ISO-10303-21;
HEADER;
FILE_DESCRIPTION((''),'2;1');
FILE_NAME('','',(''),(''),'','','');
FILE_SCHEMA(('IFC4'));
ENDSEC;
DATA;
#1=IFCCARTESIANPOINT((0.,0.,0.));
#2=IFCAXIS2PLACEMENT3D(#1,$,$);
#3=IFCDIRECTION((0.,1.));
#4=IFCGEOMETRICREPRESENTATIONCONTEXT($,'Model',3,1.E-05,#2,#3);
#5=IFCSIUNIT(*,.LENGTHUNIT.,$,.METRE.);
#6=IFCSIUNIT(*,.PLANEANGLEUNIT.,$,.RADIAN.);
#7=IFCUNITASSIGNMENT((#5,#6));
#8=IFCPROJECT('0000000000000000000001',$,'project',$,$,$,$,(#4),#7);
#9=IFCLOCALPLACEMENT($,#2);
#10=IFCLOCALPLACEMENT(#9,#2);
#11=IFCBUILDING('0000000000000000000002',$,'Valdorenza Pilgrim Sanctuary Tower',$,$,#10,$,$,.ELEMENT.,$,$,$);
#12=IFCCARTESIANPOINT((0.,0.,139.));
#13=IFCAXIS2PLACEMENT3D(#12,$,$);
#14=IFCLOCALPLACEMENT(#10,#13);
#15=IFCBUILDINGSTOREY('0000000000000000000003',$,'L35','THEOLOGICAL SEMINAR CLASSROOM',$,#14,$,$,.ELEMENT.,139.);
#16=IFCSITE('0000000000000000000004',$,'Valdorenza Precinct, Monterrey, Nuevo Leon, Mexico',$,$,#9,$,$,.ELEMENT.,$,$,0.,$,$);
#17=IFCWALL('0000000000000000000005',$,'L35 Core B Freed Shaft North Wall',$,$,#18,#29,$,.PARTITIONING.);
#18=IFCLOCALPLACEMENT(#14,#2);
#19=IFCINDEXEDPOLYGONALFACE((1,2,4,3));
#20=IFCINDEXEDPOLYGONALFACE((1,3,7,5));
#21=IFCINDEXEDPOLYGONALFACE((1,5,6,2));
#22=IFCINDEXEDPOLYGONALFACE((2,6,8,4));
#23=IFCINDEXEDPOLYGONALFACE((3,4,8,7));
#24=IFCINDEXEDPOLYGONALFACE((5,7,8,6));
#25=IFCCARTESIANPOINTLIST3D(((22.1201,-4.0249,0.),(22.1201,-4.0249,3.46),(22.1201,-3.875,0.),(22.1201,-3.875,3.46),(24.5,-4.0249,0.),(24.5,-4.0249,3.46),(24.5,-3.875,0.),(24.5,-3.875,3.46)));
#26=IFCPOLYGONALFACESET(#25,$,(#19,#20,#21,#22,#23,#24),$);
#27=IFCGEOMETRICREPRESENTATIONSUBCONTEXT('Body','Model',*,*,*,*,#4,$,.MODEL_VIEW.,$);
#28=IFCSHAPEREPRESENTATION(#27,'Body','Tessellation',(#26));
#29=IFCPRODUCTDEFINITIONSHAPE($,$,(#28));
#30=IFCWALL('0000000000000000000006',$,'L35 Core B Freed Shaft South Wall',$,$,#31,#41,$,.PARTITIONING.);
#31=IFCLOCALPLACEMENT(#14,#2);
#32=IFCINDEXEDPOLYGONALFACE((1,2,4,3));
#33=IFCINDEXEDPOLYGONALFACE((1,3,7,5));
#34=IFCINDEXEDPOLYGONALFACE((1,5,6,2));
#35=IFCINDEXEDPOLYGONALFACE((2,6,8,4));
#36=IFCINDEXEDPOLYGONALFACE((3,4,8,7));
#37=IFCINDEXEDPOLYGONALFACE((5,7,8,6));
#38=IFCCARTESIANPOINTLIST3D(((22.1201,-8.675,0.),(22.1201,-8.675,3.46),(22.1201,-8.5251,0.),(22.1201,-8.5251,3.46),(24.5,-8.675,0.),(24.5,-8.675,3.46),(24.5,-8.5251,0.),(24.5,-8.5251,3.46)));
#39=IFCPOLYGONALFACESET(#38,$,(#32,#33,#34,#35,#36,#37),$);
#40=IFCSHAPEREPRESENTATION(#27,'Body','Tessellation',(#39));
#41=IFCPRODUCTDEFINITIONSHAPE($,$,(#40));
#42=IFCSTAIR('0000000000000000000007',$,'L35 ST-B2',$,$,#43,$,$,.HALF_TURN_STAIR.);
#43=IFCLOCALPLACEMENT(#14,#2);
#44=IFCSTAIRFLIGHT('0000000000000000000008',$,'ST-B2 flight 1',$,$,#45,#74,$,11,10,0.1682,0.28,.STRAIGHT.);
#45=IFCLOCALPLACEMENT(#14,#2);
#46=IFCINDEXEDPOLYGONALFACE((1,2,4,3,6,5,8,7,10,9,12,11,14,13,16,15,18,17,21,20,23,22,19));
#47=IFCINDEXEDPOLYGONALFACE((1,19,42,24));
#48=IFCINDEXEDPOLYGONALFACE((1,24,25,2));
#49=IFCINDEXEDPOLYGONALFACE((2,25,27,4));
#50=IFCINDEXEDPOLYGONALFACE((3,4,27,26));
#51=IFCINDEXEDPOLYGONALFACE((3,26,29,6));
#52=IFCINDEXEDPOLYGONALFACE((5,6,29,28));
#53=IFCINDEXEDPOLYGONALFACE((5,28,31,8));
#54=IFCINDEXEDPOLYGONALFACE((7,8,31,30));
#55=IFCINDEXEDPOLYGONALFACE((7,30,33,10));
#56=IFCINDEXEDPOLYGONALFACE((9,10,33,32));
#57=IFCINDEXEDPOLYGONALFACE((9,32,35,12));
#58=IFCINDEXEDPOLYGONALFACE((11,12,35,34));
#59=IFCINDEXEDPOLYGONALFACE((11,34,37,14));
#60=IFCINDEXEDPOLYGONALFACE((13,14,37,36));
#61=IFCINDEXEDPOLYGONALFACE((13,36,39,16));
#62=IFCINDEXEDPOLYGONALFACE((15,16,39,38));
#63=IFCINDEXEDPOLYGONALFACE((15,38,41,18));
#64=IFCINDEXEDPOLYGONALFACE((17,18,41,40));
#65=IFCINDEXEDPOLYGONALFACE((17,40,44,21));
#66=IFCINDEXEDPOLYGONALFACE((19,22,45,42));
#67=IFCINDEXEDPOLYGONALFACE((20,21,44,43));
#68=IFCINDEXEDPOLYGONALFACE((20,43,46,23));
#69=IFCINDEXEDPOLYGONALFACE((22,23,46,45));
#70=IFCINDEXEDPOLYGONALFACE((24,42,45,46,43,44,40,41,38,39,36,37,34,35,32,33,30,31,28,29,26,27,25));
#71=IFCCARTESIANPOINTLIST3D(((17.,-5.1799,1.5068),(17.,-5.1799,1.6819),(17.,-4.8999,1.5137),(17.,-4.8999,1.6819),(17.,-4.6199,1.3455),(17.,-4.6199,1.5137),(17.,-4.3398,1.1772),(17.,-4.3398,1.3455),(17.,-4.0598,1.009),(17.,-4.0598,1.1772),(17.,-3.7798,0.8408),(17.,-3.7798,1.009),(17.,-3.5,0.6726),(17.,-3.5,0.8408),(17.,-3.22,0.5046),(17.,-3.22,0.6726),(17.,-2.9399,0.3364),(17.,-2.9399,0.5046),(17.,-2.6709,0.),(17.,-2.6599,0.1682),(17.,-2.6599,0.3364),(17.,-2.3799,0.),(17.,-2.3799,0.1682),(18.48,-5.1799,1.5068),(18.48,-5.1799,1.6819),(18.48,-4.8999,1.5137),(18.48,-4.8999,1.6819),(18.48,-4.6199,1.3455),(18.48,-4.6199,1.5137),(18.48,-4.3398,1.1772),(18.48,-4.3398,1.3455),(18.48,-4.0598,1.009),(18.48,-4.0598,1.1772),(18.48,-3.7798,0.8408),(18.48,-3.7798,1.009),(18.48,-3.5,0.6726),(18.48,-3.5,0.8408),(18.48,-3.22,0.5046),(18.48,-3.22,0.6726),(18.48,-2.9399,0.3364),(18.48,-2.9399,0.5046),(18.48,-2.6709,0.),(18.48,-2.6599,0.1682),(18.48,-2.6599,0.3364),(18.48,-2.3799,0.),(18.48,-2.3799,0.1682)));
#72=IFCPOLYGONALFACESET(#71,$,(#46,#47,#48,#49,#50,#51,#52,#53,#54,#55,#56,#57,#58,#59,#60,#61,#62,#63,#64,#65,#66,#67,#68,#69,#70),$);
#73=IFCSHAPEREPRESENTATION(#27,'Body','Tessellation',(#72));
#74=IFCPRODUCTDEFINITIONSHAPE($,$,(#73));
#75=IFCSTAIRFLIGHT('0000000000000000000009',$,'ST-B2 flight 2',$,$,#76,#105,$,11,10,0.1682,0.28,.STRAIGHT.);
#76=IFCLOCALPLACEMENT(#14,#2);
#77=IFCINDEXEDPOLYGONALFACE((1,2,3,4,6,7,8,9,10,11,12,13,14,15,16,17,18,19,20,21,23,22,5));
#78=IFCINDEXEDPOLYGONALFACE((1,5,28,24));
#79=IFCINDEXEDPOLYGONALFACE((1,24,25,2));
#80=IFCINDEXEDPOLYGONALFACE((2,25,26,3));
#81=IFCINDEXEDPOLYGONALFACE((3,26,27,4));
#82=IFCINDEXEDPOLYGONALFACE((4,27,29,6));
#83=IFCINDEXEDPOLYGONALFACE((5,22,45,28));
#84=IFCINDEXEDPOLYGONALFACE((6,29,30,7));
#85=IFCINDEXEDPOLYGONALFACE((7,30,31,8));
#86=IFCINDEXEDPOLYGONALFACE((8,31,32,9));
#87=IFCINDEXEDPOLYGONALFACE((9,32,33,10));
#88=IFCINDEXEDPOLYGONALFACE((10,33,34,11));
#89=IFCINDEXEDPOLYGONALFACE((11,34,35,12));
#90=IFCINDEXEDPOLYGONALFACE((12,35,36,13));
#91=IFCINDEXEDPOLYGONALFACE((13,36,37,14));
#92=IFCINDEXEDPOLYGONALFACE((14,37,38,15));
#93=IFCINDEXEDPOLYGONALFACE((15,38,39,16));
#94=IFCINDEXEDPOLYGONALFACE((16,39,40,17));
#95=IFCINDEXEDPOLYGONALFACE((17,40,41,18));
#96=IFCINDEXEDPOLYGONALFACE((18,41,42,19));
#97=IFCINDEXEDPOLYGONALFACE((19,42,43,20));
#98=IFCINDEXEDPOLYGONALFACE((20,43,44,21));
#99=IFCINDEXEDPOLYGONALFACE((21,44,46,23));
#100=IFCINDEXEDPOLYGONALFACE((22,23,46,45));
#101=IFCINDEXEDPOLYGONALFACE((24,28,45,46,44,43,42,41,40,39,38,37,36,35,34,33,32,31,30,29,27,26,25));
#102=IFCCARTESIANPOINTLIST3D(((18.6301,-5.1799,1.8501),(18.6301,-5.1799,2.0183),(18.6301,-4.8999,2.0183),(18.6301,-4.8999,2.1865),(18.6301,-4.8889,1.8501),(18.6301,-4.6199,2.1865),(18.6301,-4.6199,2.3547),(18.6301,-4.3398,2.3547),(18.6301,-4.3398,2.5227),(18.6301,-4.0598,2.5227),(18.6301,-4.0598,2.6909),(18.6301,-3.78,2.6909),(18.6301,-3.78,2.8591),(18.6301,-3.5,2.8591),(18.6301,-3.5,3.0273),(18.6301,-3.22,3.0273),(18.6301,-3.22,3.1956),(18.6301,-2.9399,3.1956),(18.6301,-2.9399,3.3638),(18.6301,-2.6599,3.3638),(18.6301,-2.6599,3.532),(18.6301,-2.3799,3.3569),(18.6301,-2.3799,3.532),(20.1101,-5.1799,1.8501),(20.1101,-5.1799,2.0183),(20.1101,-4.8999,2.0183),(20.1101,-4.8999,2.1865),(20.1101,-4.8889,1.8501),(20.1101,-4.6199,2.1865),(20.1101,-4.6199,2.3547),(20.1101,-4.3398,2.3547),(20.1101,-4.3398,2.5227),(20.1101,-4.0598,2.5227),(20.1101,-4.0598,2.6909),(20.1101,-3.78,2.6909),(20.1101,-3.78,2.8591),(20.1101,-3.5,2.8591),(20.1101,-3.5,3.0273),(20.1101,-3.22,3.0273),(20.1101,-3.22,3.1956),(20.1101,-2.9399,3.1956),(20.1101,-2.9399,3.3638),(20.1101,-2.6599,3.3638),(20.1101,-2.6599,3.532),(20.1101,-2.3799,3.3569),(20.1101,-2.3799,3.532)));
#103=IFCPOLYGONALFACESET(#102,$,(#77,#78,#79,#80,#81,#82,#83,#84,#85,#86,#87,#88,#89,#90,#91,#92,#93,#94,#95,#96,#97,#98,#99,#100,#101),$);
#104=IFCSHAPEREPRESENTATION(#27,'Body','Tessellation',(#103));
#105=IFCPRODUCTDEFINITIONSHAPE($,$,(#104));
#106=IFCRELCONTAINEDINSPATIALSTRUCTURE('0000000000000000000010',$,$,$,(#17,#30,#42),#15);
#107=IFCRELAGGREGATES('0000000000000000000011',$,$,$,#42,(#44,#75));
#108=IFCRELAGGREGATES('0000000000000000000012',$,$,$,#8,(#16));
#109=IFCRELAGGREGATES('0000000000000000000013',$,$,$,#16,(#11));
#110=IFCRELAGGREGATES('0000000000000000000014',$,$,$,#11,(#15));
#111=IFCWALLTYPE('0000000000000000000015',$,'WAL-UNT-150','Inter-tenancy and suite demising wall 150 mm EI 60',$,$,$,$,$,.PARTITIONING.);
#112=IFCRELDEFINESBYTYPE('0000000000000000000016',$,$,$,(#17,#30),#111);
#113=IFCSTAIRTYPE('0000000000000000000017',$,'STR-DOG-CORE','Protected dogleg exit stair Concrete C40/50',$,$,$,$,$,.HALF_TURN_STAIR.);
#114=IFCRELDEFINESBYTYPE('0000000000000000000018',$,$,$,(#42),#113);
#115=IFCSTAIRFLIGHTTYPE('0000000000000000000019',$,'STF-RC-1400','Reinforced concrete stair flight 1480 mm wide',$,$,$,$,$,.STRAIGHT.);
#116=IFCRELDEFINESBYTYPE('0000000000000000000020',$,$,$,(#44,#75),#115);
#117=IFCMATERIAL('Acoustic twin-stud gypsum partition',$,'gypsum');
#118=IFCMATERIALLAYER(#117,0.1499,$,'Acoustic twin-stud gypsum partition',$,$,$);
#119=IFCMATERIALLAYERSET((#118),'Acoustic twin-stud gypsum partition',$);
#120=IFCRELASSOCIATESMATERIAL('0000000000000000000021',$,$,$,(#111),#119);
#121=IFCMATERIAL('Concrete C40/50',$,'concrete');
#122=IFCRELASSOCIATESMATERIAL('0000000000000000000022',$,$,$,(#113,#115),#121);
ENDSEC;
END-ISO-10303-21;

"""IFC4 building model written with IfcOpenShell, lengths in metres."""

from ifc_helpers import new_model, si_unit, direction, frame, frame_2d, origin, place, context, subcontext, project, spatial, polyline, rectangle, outline, extrude, material, layer, layer_set, type_object, element, aggregate, save


model = new_model("IFC4")

# Units and contexts
model_context = context("Model", 3, precision=1e-05, world=origin(), true_north=direction((0.0, 1.0)))
body_context = subcontext(model_context, "Body", "Model", "MODEL_VIEW")
ifc_project = project(units=[si_unit("LENGTHUNIT", "METRE"), si_unit("PLANEANGLEUNIT", "RADIAN")], contexts=[model_context])

# Site, building, storey
site_placement = place(None, origin())
site = spatial("IfcSite", under=ifc_project, at=site_placement, Name="Valdorenza Precinct, Monterrey, Nuevo Leon, Mexico", CompositionType="ELEMENT", RefElevation=0.0)
building_placement = place(site_placement, origin())
building = spatial("IfcBuilding", under=site, at=building_placement, Name="Valdorenza Pilgrim Sanctuary Tower", CompositionType="ELEMENT")
storey_placement = place(building_placement, frame((0.0, 0.0, 139.0)))
storey = spatial("IfcBuildingStorey", under=building, at=storey_placement, Name="L35", Description="THEOLOGICAL SEMINAR CLASSROOM", CompositionType="ELEMENT", Elevation=139.0)

# Shared definitions
ifc_material_1 = material(Name="Acoustic twin-stud gypsum partition", Category="gypsum")

# Shared definitions
ifc_material_2 = material(Name="Concrete C40/50", Category="concrete")

# Walls
ifc_layer_1 = layer(ifc_material_1, 0.1499, Name="Acoustic twin-stud gypsum partition")
ifc_layer_set_1 = layer_set([ifc_layer_1], Name="Acoustic twin-stud gypsum partition")
wall_type_1 = type_object("IfcWallType", Name="WAL-UNT-150", Description="Inter-tenancy and suite demising wall 150 mm EI 60", PredefinedType="PARTITIONING", material=ifc_layer_set_1)
for number, where, z_axis, x_axis, name in (
    (1, (22.1201, -3.95, 0.0), (0.0, 0.0, 1.0), (1.0, 0.0, 0.0), "L35 Core B Freed Shaft North Wall"),
    (2, (22.1201, -8.6001, 0.0), (0.0, 0.0, 1.0), (1.0, 0.0, 0.0), "L35 Core B Freed Shaft South Wall"),
):
    element("IfcWall", number, at=place(storey_placement, frame(where, z_axis=z_axis, x_axis=x_axis)), inside=storey, type_object=wall_type_1, Name=name, PredefinedType="PARTITIONING", context=body_context, shape_type="SweptSolid", body=[
        extrude(rectangle(XDim=2.3799, YDim=0.1499, at=frame_2d((1.1899, 0.0))), origin(), (0.0, 0.0, 1.0), 3.46),
    ])

# Stair, stair flights
stair_type = type_object("IfcStairType", Name="STR-DOG-CORE", Description="Protected dogleg exit stair Concrete C40/50", PredefinedType="HALF_TURN_STAIR", material=ifc_material_2)
stair_placement = place(storey_placement, origin())
stair = element("IfcStair", 3, at=stair_placement, inside=storey, type_object=stair_type, Name="L35 ST-B2", PredefinedType="HALF_TURN_STAIR")
stair_flight_type = type_object("IfcStairFlightType", Name="STF-RC-1400", Description="Reinforced concrete stair flight 1480 mm wide", PredefinedType="STRAIGHT", material=ifc_material_2)
stair_flight_1_placement = place(storey_placement, frame((17.74, -2.3799, 0.0), z_axis=(0.0, 0.0, 1.0), x_axis=(0.0, -1.0, 0.0)))
stair_flight_1 = element("IfcStairFlight", 4, at=stair_flight_1_placement, type_object=stair_flight_type, Name="ST-B2 flight 1", NumberOfRisers=11, NumberOfTreads=10, PredefinedType="STRAIGHT", RiserHeight=0.1682, TreadLength=0.28, context=body_context, shape_type="SweptSolid", body=[
    extrude(outline(polyline([(0.0, 0.0), (0.0, 0.1682), (0.28, 0.1682), (0.28, 0.3364), (0.5601, 0.3364), (0.5601, 0.5046), (0.8401, 0.5046), (0.8401, 0.6726), (1.1201, 0.6726), (1.1201, 0.8408), (1.3999, 0.8408), (1.3999, 1.009), (1.6799, 1.009), (1.6799, 1.1772), (1.96, 1.1772), (1.96, 1.3455), (2.24, 1.3455), (2.24, 1.5137), (2.52, 1.5137), (2.52, 1.6819), (2.8, 1.6819), (2.8, 1.8501), (2.8, 1.5068), (0.291, 0.0), (0.0, 0.0)])), frame((0.0, 0.74, 0.0), z_axis=(0.0, -1.0, 0.0), x_axis=(1.0, 0.0, 0.0)), (0.0, 0.0, 1.0), 1.48),
])
stair_flight_2_placement = place(storey_placement, frame((19.3701, -5.1799, 1.8501), z_axis=(0.0, 0.0, 1.0), x_axis=(0.0, 1.0, 0.0)))
stair_flight_2 = element("IfcStairFlight", 5, at=stair_flight_2_placement, type_object=stair_flight_type, Name="ST-B2 flight 2", NumberOfRisers=11, NumberOfTreads=10, PredefinedType="STRAIGHT", RiserHeight=0.1682, TreadLength=0.28, context=body_context, shape_type="SweptSolid", body=[
    extrude(outline(polyline([(0.0, 0.0), (0.0, 0.1682), (0.28, 0.1682), (0.28, 0.3364), (0.5601, 0.3364), (0.5601, 0.5046), (0.8401, 0.5046), (0.8401, 0.6726), (1.1201, 0.6726), (1.1201, 0.8408), (1.3999, 0.8408), (1.3999, 1.009), (1.6799, 1.009), (1.6799, 1.1772), (1.96, 1.1772), (1.96, 1.3455), (2.24, 1.3455), (2.24, 1.5137), (2.52, 1.5137), (2.52, 1.6819), (2.8, 1.6819), (2.8, 1.8501), (2.8, 1.5068), (0.291, 0.0), (0.0, 0.0)])), frame((0.0, 0.74, 0.0), z_axis=(0.0, -1.0, 0.0), x_axis=(1.0, 0.0, 0.0)), (0.0, 0.0, 1.0), 1.48),
])
aggregate(stair, [stair_flight_1, stair_flight_2])

save(model, "model.ifc")
